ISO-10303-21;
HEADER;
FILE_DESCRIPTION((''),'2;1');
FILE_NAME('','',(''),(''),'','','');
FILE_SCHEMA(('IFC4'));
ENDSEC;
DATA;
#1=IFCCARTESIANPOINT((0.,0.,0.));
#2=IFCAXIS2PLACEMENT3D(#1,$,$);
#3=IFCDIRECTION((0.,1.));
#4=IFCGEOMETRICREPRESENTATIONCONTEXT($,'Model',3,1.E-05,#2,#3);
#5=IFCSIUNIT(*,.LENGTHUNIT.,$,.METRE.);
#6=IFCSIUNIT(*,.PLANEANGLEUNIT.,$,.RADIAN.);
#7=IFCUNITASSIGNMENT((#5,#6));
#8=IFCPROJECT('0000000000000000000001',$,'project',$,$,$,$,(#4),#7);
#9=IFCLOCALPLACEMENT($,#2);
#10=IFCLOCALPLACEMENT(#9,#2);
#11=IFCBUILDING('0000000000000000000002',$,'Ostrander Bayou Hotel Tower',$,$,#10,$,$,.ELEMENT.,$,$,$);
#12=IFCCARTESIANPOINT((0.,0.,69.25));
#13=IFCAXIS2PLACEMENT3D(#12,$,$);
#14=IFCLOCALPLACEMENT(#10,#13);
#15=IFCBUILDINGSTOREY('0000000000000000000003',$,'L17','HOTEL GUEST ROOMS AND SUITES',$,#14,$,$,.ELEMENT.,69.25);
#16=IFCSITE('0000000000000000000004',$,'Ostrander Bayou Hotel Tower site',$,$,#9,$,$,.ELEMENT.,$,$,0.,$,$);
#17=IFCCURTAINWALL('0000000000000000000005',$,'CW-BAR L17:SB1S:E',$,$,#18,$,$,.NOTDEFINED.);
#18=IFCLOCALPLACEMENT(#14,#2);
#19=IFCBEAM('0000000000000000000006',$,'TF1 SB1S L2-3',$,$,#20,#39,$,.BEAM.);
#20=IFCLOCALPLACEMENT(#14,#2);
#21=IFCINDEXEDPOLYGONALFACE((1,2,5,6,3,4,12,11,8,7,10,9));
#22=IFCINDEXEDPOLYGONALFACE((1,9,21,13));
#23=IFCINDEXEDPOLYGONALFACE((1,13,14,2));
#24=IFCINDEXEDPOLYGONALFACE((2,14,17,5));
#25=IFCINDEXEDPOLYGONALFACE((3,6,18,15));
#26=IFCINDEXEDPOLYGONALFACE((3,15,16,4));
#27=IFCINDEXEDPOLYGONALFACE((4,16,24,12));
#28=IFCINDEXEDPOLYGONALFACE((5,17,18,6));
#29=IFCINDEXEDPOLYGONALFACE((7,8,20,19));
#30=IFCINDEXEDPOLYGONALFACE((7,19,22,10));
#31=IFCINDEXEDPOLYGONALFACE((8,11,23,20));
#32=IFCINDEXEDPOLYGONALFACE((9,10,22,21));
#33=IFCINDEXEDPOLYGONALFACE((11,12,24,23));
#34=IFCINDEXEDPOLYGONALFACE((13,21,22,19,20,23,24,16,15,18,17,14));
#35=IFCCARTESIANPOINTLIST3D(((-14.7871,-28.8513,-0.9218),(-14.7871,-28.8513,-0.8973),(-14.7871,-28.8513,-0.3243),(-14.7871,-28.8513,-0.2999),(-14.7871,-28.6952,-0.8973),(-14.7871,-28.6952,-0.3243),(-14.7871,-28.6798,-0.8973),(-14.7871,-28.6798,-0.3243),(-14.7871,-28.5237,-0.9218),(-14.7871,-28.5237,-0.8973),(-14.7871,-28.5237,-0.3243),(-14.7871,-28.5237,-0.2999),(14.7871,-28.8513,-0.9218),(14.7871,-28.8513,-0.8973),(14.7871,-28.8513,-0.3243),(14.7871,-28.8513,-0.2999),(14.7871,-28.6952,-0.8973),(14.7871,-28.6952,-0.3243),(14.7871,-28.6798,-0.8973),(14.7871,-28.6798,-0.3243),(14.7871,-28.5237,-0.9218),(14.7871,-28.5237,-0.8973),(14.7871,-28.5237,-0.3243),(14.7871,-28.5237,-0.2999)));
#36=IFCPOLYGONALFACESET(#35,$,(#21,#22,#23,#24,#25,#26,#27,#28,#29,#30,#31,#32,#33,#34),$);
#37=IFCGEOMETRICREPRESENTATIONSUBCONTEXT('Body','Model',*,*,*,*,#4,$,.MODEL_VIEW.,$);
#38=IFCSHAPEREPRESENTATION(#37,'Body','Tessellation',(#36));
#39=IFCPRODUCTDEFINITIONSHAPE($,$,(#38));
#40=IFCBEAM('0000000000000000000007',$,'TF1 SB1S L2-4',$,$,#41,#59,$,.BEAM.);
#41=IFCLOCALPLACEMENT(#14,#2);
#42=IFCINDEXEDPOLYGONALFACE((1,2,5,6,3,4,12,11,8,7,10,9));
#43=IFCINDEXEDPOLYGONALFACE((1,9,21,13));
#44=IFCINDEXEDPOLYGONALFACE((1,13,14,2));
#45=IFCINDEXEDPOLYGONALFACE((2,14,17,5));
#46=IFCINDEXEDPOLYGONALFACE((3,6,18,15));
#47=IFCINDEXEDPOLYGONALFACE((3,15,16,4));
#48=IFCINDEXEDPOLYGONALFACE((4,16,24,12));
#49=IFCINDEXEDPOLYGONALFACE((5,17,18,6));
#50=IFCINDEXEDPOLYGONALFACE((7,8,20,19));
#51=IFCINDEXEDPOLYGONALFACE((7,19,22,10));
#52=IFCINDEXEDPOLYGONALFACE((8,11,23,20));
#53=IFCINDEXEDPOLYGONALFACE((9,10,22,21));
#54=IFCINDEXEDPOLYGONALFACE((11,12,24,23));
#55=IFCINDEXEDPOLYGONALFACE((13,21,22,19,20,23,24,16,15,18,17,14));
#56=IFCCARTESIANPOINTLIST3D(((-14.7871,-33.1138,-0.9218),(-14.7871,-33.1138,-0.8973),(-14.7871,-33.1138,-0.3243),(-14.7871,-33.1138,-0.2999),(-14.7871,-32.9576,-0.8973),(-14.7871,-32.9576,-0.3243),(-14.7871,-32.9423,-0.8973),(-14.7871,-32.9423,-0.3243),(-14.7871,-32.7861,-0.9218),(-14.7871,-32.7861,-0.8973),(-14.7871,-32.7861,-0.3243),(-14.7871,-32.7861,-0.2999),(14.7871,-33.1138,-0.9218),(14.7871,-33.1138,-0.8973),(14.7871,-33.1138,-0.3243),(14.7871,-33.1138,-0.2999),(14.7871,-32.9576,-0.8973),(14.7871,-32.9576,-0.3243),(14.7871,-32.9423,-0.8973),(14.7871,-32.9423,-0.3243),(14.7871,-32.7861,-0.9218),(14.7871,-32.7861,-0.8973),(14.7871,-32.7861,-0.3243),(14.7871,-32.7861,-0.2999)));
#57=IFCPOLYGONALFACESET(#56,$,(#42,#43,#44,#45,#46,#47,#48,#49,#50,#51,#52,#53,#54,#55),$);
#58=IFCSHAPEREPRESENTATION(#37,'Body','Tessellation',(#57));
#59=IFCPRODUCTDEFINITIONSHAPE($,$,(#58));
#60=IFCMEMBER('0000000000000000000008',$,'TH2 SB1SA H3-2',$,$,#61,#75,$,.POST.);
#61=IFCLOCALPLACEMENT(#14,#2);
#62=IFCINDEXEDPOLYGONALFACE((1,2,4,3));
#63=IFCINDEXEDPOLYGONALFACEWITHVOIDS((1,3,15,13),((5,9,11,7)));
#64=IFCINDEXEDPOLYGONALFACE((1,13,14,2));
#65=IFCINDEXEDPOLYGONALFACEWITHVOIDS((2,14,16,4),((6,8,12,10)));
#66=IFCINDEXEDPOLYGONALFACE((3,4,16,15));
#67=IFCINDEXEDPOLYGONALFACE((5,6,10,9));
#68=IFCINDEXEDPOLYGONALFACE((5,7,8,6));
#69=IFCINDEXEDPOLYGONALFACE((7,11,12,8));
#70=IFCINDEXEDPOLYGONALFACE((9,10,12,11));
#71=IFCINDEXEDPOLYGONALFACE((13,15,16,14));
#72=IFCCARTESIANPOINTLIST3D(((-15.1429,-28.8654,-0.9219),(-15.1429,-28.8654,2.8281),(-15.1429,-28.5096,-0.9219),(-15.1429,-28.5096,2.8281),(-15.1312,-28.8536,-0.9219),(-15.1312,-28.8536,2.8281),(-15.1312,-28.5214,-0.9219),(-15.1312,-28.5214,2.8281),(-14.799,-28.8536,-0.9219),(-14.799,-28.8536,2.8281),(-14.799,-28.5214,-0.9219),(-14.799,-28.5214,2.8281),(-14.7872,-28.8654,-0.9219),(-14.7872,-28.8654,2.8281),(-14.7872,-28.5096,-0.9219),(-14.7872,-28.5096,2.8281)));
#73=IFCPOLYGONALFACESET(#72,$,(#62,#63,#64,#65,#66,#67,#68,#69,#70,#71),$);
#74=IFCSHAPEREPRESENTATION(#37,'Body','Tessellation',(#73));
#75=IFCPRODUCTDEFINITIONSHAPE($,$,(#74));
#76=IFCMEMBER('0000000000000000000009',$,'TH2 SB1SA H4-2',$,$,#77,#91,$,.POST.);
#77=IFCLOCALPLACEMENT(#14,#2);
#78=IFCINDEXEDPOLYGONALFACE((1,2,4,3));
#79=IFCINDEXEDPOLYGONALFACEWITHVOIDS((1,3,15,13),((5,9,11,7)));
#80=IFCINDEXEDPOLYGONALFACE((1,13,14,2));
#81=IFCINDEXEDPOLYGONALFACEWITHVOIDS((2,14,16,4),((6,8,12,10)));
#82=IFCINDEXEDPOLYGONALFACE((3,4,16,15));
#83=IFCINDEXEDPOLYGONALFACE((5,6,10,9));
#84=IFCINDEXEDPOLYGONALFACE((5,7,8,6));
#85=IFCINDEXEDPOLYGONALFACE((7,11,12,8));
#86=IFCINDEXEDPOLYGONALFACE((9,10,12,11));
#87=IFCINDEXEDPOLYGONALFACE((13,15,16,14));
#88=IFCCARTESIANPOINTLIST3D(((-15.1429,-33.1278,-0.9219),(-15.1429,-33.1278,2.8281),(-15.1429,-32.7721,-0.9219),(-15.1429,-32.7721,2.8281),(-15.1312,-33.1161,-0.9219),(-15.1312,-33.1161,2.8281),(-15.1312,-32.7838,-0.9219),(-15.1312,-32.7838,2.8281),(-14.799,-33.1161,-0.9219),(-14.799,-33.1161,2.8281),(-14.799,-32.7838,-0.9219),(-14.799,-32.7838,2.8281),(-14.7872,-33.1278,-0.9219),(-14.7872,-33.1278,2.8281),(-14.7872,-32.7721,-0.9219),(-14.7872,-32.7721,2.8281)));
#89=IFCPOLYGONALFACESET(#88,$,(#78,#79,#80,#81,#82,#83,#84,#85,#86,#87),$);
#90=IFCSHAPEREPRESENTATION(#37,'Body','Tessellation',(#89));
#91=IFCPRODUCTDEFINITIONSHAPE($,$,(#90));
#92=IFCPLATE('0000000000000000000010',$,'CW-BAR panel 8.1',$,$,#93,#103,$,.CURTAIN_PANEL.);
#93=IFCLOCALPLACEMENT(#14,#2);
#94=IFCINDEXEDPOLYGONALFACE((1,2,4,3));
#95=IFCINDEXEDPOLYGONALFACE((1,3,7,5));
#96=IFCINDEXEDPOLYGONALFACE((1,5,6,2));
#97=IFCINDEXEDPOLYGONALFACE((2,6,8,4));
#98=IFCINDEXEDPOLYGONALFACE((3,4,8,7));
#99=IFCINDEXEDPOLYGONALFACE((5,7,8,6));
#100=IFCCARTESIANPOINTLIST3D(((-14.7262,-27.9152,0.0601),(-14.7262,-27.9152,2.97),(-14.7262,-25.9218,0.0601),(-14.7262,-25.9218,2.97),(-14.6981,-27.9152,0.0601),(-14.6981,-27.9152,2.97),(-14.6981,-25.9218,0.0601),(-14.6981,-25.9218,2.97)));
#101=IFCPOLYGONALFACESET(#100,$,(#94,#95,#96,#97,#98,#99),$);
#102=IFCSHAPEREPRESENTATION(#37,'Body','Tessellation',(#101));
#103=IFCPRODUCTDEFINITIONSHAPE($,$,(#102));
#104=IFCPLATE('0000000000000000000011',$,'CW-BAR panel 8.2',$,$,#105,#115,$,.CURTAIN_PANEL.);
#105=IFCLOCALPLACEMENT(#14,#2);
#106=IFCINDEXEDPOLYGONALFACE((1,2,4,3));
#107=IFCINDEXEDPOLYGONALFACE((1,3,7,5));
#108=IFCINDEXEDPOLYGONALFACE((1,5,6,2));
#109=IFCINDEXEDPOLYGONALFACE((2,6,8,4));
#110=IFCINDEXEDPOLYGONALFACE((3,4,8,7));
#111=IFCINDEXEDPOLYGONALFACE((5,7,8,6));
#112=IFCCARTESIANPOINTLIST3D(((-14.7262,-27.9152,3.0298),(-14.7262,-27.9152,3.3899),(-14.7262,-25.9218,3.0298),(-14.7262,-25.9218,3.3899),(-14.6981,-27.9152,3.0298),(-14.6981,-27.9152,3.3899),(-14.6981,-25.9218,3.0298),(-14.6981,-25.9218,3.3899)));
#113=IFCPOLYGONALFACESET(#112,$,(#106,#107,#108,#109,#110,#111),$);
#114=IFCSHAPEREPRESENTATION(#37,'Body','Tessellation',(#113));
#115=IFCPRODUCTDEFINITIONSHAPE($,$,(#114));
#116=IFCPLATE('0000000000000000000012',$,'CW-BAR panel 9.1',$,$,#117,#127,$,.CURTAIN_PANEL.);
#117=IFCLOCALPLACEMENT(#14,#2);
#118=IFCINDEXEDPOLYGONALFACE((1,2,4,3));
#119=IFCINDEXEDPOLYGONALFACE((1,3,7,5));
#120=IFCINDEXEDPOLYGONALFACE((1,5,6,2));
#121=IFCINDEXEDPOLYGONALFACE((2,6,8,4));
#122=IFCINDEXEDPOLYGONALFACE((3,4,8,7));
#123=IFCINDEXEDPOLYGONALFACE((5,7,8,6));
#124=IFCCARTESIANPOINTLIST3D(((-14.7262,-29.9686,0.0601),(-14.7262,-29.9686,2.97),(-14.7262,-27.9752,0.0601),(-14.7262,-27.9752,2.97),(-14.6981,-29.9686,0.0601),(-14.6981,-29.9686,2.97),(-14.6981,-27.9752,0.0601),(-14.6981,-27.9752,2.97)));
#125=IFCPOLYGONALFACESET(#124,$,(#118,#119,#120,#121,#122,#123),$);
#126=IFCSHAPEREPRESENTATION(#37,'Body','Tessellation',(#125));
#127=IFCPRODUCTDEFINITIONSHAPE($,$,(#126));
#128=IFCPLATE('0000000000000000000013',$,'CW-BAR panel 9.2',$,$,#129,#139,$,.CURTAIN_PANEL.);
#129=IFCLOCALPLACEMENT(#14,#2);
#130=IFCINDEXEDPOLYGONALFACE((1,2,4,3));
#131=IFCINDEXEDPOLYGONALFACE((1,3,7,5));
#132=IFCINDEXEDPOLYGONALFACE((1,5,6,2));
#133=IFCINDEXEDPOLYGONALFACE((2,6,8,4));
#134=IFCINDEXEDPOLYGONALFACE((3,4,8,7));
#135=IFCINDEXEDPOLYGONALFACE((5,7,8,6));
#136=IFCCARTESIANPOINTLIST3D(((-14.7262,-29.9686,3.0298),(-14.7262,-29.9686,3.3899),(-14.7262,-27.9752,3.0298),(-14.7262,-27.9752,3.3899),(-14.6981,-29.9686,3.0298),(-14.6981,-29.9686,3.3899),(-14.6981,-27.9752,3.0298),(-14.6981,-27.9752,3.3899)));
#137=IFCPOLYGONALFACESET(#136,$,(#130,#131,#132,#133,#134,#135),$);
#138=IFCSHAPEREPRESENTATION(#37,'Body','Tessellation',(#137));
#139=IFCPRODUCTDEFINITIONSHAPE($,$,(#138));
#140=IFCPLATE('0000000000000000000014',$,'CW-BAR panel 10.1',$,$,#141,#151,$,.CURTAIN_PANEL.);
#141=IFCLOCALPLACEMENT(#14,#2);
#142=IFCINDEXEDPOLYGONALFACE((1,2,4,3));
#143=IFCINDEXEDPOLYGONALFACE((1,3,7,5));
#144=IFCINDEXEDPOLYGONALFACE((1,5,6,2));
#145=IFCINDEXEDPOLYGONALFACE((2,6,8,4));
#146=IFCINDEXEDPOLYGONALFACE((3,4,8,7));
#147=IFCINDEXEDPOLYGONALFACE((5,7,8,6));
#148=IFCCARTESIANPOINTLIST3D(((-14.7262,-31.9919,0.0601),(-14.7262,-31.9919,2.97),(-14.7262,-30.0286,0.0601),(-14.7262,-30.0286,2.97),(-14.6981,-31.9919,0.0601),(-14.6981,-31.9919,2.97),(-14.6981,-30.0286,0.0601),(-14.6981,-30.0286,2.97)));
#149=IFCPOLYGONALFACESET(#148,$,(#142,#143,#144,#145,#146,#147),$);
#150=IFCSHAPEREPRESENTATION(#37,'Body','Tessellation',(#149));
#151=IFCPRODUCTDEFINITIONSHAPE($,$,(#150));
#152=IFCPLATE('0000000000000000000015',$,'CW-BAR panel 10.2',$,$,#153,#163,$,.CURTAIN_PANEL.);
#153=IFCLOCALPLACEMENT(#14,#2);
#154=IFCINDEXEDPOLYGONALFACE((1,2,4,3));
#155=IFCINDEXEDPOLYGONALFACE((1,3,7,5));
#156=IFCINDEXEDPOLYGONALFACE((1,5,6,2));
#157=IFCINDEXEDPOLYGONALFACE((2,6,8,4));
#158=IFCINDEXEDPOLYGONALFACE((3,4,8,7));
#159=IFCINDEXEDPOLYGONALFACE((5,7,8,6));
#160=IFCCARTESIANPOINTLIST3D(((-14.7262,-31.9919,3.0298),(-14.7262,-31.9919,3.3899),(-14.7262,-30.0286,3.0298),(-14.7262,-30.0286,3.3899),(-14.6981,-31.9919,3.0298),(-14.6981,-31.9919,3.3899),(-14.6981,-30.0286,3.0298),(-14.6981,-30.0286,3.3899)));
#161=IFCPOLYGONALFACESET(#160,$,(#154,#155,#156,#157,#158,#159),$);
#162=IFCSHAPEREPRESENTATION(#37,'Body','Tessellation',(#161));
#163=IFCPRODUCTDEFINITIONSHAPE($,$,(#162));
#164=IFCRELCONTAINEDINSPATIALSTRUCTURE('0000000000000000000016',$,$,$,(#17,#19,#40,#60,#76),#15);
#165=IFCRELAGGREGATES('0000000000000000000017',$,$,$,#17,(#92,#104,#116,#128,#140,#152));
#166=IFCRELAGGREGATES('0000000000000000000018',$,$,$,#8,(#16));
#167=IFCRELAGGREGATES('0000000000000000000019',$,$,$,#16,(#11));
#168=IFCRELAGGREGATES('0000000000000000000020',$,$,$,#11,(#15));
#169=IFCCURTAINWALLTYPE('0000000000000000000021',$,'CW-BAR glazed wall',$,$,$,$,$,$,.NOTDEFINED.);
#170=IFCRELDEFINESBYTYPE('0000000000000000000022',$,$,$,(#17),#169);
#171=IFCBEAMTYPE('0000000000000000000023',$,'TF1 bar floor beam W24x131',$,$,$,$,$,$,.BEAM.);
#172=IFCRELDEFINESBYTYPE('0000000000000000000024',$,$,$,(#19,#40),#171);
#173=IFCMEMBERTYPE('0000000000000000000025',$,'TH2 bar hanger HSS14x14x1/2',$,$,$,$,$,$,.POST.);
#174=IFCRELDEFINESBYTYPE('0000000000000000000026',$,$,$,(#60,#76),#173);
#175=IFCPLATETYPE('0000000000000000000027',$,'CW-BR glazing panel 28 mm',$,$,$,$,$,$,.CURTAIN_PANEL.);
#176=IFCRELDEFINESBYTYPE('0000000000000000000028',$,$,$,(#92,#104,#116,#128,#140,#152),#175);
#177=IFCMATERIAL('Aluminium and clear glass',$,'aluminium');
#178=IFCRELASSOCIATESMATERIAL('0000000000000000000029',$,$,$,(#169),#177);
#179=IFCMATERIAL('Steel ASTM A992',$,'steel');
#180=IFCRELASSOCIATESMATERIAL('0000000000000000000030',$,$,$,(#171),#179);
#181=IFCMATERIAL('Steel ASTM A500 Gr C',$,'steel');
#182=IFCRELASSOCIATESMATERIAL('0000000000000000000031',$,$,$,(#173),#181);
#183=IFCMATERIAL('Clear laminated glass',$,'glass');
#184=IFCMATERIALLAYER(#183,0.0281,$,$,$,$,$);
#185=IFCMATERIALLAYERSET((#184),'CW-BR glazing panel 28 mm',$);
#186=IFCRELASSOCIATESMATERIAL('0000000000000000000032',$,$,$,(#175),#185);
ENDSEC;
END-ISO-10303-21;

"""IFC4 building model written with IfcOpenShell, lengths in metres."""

from ifc_helpers import new_model, si_unit, direction, frame, origin, origin_2d, place, context, subcontext, project, spatial, rectangle, hollow_rectangle, i_section, extrude, material, layer, layer_set, material_profile, profile_set, type_object, element, aggregate, save


model = new_model("IFC4")

# Units and contexts
model_context = context("Model", 3, precision=1e-05, world=origin(), true_north=direction((0.0, 1.0)))
body_context = subcontext(model_context, "Body", "Model", "MODEL_VIEW")
ifc_project = project(units=[si_unit("LENGTHUNIT", "METRE"), si_unit("PLANEANGLEUNIT", "RADIAN")], contexts=[model_context])

# Site, building, storey
site_placement = place(None, origin())
site = spatial("IfcSite", under=ifc_project, at=site_placement, Name="Ostrander Bayou Hotel Tower site", CompositionType="ELEMENT", RefElevation=0.0)
building_placement = place(site_placement, origin())
building = spatial("IfcBuilding", under=site, at=building_placement, Name="Ostrander Bayou Hotel Tower", CompositionType="ELEMENT")
storey_placement = place(building_placement, frame((0.0, 0.0, 69.25)))
storey = spatial("IfcBuildingStorey", under=building, at=storey_placement, Name="L17", Description="HOTEL GUEST ROOMS AND SUITES", CompositionType="ELEMENT", Elevation=69.25)

# Curtain wall
ifc_material_1 = material(Name="Aluminium and clear glass", Category="aluminium")
curtain_wall_type = type_object("IfcCurtainWallType", Name="CW-BAR glazed wall", PredefinedType="NOTDEFINED", material=ifc_material_1)
curtain_wall_1_placement = place(storey_placement, origin())
curtain_wall_1 = element("IfcCurtainWall", 1, at=curtain_wall_1_placement, inside=storey, type_object=curtain_wall_type, Name="CW-BAR L17:SB1S:E", PredefinedType="NOTDEFINED")

# Beams
ifc_material_2 = material(Name="Steel ASTM A992", Category="steel")
ifc_material_profile_1 = material_profile(ifc_material_2, i_section(OverallWidth=0.3276, OverallDepth=0.6218, WebThickness=0.0154, FlangeThickness=0.0244, at=origin_2d()))
ifc_profile_set_1 = profile_set([ifc_material_profile_1], Name="Steel ASTM A992")
beam_type = type_object("IfcBeamType", Name="TF1 bar floor beam W24x131", PredefinedType="BEAM", material=ifc_profile_set_1)
for number, where, z_axis, x_axis, name in (
    (2, (-14.7871, -28.6875, -0.6108), (1.0, 0.0, 0.0), (0.0, 1.0, 0.0), "TF1 SB1S L2-3"),
    (3, (-14.7871, -32.95, -0.6108), (1.0, 0.0, 0.0), (0.0, 1.0, 0.0), "TF1 SB1S L2-4"),
):
    element("IfcBeam", number, at=place(storey_placement, frame(where, z_axis=z_axis, x_axis=x_axis)), inside=storey, type_object=beam_type, Name=name, PredefinedType="BEAM", context=body_context, shape_type="SweptSolid", body=[
        extrude(i_section(OverallWidth=0.3276, OverallDepth=0.6218, WebThickness=0.0154, FlangeThickness=0.0244, at=origin_2d()), origin(), (0.0, 0.0, 1.0), 29.5742),
    ])

# Members
ifc_material_3 = material(Name="Steel ASTM A500 Gr C", Category="steel")
ifc_material_profile_2 = material_profile(ifc_material_3, hollow_rectangle(XDim=0.3557, YDim=0.3557, WallThickness=0.0117, at=origin_2d()))
ifc_profile_set_2 = profile_set([ifc_material_profile_2], Name="Steel ASTM A500 Gr C")
member_type_1 = type_object("IfcMemberType", Name="TH2 bar hanger HSS14x14x1/2", PredefinedType="POST", material=ifc_profile_set_2)
for number, where, z_axis, x_axis, name in (
    (4, (-14.9651, -28.6875, -0.9219), (0.0, 0.0, 1.0), (1.0, 0.0, 0.0), "TH2 SB1SA H3-2"),
    (5, (-14.9651, -32.95, -0.9219), (0.0, 0.0, 1.0), (1.0, 0.0, 0.0), "TH2 SB1SA H4-2"),
):
    element("IfcMember", number, at=place(storey_placement, frame(where, z_axis=z_axis, x_axis=x_axis)), inside=storey, type_object=member_type_1, Name=name, PredefinedType="POST", context=body_context, shape_type="SweptSolid", body=[
        extrude(hollow_rectangle(XDim=0.3557, YDim=0.3557, WallThickness=0.0117, at=origin_2d()), origin(), (0.0, 0.0, 1.0), 3.75),
    ])

# Plates
ifc_material_4 = material(Name="Clear laminated glass", Category="glass")
ifc_layer = layer(ifc_material_4, 0.0281)
ifc_layer_set = layer_set([ifc_layer], Name="CW-BR glazing panel 28 mm")
plate_type = type_object("IfcPlateType", Name="CW-BR glazing panel 28 mm", PredefinedType="CURTAIN_PANEL", material=ifc_layer_set)
plate_1_placement = place(storey_placement, frame((-14.7122, -26.9185, 0.0601), z_axis=(0.0, 0.0, 1.0), x_axis=(0.0, -1.0, 0.0)))
plate_1 = element("IfcPlate", 6, at=plate_1_placement, type_object=plate_type, Name="CW-BAR panel 8.1", PredefinedType="CURTAIN_PANEL", context=body_context, shape_type="SweptSolid", body=[
    extrude(rectangle(XDim=1.9934, YDim=0.0281, at=origin_2d()), origin(), (0.0, 0.0, 1.0), 2.9099),
])
plate_2_placement = place(storey_placement, frame((-14.7122, -26.9185, 3.0298), z_axis=(0.0, 0.0, 1.0), x_axis=(0.0, -1.0, 0.0)))
plate_2 = element("IfcPlate", 7, at=plate_2_placement, type_object=plate_type, Name="CW-BAR panel 8.2", PredefinedType="CURTAIN_PANEL", context=body_context, shape_type="SweptSolid", body=[
    extrude(rectangle(XDim=1.9934, YDim=0.0281, at=origin_2d()), origin(), (0.0, 0.0, 1.0), 0.3601),
])
plate_3_placement = place(storey_placement, frame((-14.7122, -28.9719, 0.0601), z_axis=(0.0, 0.0, 1.0), x_axis=(0.0, -1.0, 0.0)))
plate_3 = element("IfcPlate", 8, at=plate_3_placement, type_object=plate_type, Name="CW-BAR panel 9.1", PredefinedType="CURTAIN_PANEL", context=body_context, shape_type="SweptSolid", body=[
    extrude(rectangle(XDim=1.9934, YDim=0.0281, at=origin_2d()), origin(), (0.0, 0.0, 1.0), 2.9099),
])
plate_4_placement = place(storey_placement, frame((-14.7122, -28.9719, 3.0298), z_axis=(0.0, 0.0, 1.0), x_axis=(0.0, -1.0, 0.0)))
plate_4 = element("IfcPlate", 9, at=plate_4_placement, type_object=plate_type, Name="CW-BAR panel 9.2", PredefinedType="CURTAIN_PANEL", context=body_context, shape_type="SweptSolid", body=[
    extrude(rectangle(XDim=1.9934, YDim=0.0281, at=origin_2d()), origin(), (0.0, 0.0, 1.0), 0.3601),
])
plate_5_placement = place(storey_placement, frame((-14.7122, -31.0103, 0.0601), z_axis=(0.0, 0.0, 1.0), x_axis=(0.0, -1.0, 0.0)))
plate_5 = element("IfcPlate", 10, at=plate_5_placement, type_object=plate_type, Name="CW-BAR panel 10.1", PredefinedType="CURTAIN_PANEL", context=body_context, shape_type="SweptSolid", body=[
    extrude(rectangle(XDim=1.9634, YDim=0.0281, at=origin_2d()), origin(), (0.0, 0.0, 1.0), 2.9099),
])
plate_6_placement = place(storey_placement, frame((-14.7122, -31.0103, 3.0298), z_axis=(0.0, 0.0, 1.0), x_axis=(0.0, -1.0, 0.0)))
plate_6 = element("IfcPlate", 11, at=plate_6_placement, type_object=plate_type, Name="CW-BAR panel 10.2", PredefinedType="CURTAIN_PANEL", context=body_context, shape_type="SweptSolid", body=[
    extrude(rectangle(XDim=1.9634, YDim=0.0281, at=origin_2d()), origin(), (0.0, 0.0, 1.0), 0.3601),
])
aggregate(curtain_wall_1, [plate_1, plate_2, plate_3, plate_4, plate_5, plate_6])

save(model, "model.ifc")
